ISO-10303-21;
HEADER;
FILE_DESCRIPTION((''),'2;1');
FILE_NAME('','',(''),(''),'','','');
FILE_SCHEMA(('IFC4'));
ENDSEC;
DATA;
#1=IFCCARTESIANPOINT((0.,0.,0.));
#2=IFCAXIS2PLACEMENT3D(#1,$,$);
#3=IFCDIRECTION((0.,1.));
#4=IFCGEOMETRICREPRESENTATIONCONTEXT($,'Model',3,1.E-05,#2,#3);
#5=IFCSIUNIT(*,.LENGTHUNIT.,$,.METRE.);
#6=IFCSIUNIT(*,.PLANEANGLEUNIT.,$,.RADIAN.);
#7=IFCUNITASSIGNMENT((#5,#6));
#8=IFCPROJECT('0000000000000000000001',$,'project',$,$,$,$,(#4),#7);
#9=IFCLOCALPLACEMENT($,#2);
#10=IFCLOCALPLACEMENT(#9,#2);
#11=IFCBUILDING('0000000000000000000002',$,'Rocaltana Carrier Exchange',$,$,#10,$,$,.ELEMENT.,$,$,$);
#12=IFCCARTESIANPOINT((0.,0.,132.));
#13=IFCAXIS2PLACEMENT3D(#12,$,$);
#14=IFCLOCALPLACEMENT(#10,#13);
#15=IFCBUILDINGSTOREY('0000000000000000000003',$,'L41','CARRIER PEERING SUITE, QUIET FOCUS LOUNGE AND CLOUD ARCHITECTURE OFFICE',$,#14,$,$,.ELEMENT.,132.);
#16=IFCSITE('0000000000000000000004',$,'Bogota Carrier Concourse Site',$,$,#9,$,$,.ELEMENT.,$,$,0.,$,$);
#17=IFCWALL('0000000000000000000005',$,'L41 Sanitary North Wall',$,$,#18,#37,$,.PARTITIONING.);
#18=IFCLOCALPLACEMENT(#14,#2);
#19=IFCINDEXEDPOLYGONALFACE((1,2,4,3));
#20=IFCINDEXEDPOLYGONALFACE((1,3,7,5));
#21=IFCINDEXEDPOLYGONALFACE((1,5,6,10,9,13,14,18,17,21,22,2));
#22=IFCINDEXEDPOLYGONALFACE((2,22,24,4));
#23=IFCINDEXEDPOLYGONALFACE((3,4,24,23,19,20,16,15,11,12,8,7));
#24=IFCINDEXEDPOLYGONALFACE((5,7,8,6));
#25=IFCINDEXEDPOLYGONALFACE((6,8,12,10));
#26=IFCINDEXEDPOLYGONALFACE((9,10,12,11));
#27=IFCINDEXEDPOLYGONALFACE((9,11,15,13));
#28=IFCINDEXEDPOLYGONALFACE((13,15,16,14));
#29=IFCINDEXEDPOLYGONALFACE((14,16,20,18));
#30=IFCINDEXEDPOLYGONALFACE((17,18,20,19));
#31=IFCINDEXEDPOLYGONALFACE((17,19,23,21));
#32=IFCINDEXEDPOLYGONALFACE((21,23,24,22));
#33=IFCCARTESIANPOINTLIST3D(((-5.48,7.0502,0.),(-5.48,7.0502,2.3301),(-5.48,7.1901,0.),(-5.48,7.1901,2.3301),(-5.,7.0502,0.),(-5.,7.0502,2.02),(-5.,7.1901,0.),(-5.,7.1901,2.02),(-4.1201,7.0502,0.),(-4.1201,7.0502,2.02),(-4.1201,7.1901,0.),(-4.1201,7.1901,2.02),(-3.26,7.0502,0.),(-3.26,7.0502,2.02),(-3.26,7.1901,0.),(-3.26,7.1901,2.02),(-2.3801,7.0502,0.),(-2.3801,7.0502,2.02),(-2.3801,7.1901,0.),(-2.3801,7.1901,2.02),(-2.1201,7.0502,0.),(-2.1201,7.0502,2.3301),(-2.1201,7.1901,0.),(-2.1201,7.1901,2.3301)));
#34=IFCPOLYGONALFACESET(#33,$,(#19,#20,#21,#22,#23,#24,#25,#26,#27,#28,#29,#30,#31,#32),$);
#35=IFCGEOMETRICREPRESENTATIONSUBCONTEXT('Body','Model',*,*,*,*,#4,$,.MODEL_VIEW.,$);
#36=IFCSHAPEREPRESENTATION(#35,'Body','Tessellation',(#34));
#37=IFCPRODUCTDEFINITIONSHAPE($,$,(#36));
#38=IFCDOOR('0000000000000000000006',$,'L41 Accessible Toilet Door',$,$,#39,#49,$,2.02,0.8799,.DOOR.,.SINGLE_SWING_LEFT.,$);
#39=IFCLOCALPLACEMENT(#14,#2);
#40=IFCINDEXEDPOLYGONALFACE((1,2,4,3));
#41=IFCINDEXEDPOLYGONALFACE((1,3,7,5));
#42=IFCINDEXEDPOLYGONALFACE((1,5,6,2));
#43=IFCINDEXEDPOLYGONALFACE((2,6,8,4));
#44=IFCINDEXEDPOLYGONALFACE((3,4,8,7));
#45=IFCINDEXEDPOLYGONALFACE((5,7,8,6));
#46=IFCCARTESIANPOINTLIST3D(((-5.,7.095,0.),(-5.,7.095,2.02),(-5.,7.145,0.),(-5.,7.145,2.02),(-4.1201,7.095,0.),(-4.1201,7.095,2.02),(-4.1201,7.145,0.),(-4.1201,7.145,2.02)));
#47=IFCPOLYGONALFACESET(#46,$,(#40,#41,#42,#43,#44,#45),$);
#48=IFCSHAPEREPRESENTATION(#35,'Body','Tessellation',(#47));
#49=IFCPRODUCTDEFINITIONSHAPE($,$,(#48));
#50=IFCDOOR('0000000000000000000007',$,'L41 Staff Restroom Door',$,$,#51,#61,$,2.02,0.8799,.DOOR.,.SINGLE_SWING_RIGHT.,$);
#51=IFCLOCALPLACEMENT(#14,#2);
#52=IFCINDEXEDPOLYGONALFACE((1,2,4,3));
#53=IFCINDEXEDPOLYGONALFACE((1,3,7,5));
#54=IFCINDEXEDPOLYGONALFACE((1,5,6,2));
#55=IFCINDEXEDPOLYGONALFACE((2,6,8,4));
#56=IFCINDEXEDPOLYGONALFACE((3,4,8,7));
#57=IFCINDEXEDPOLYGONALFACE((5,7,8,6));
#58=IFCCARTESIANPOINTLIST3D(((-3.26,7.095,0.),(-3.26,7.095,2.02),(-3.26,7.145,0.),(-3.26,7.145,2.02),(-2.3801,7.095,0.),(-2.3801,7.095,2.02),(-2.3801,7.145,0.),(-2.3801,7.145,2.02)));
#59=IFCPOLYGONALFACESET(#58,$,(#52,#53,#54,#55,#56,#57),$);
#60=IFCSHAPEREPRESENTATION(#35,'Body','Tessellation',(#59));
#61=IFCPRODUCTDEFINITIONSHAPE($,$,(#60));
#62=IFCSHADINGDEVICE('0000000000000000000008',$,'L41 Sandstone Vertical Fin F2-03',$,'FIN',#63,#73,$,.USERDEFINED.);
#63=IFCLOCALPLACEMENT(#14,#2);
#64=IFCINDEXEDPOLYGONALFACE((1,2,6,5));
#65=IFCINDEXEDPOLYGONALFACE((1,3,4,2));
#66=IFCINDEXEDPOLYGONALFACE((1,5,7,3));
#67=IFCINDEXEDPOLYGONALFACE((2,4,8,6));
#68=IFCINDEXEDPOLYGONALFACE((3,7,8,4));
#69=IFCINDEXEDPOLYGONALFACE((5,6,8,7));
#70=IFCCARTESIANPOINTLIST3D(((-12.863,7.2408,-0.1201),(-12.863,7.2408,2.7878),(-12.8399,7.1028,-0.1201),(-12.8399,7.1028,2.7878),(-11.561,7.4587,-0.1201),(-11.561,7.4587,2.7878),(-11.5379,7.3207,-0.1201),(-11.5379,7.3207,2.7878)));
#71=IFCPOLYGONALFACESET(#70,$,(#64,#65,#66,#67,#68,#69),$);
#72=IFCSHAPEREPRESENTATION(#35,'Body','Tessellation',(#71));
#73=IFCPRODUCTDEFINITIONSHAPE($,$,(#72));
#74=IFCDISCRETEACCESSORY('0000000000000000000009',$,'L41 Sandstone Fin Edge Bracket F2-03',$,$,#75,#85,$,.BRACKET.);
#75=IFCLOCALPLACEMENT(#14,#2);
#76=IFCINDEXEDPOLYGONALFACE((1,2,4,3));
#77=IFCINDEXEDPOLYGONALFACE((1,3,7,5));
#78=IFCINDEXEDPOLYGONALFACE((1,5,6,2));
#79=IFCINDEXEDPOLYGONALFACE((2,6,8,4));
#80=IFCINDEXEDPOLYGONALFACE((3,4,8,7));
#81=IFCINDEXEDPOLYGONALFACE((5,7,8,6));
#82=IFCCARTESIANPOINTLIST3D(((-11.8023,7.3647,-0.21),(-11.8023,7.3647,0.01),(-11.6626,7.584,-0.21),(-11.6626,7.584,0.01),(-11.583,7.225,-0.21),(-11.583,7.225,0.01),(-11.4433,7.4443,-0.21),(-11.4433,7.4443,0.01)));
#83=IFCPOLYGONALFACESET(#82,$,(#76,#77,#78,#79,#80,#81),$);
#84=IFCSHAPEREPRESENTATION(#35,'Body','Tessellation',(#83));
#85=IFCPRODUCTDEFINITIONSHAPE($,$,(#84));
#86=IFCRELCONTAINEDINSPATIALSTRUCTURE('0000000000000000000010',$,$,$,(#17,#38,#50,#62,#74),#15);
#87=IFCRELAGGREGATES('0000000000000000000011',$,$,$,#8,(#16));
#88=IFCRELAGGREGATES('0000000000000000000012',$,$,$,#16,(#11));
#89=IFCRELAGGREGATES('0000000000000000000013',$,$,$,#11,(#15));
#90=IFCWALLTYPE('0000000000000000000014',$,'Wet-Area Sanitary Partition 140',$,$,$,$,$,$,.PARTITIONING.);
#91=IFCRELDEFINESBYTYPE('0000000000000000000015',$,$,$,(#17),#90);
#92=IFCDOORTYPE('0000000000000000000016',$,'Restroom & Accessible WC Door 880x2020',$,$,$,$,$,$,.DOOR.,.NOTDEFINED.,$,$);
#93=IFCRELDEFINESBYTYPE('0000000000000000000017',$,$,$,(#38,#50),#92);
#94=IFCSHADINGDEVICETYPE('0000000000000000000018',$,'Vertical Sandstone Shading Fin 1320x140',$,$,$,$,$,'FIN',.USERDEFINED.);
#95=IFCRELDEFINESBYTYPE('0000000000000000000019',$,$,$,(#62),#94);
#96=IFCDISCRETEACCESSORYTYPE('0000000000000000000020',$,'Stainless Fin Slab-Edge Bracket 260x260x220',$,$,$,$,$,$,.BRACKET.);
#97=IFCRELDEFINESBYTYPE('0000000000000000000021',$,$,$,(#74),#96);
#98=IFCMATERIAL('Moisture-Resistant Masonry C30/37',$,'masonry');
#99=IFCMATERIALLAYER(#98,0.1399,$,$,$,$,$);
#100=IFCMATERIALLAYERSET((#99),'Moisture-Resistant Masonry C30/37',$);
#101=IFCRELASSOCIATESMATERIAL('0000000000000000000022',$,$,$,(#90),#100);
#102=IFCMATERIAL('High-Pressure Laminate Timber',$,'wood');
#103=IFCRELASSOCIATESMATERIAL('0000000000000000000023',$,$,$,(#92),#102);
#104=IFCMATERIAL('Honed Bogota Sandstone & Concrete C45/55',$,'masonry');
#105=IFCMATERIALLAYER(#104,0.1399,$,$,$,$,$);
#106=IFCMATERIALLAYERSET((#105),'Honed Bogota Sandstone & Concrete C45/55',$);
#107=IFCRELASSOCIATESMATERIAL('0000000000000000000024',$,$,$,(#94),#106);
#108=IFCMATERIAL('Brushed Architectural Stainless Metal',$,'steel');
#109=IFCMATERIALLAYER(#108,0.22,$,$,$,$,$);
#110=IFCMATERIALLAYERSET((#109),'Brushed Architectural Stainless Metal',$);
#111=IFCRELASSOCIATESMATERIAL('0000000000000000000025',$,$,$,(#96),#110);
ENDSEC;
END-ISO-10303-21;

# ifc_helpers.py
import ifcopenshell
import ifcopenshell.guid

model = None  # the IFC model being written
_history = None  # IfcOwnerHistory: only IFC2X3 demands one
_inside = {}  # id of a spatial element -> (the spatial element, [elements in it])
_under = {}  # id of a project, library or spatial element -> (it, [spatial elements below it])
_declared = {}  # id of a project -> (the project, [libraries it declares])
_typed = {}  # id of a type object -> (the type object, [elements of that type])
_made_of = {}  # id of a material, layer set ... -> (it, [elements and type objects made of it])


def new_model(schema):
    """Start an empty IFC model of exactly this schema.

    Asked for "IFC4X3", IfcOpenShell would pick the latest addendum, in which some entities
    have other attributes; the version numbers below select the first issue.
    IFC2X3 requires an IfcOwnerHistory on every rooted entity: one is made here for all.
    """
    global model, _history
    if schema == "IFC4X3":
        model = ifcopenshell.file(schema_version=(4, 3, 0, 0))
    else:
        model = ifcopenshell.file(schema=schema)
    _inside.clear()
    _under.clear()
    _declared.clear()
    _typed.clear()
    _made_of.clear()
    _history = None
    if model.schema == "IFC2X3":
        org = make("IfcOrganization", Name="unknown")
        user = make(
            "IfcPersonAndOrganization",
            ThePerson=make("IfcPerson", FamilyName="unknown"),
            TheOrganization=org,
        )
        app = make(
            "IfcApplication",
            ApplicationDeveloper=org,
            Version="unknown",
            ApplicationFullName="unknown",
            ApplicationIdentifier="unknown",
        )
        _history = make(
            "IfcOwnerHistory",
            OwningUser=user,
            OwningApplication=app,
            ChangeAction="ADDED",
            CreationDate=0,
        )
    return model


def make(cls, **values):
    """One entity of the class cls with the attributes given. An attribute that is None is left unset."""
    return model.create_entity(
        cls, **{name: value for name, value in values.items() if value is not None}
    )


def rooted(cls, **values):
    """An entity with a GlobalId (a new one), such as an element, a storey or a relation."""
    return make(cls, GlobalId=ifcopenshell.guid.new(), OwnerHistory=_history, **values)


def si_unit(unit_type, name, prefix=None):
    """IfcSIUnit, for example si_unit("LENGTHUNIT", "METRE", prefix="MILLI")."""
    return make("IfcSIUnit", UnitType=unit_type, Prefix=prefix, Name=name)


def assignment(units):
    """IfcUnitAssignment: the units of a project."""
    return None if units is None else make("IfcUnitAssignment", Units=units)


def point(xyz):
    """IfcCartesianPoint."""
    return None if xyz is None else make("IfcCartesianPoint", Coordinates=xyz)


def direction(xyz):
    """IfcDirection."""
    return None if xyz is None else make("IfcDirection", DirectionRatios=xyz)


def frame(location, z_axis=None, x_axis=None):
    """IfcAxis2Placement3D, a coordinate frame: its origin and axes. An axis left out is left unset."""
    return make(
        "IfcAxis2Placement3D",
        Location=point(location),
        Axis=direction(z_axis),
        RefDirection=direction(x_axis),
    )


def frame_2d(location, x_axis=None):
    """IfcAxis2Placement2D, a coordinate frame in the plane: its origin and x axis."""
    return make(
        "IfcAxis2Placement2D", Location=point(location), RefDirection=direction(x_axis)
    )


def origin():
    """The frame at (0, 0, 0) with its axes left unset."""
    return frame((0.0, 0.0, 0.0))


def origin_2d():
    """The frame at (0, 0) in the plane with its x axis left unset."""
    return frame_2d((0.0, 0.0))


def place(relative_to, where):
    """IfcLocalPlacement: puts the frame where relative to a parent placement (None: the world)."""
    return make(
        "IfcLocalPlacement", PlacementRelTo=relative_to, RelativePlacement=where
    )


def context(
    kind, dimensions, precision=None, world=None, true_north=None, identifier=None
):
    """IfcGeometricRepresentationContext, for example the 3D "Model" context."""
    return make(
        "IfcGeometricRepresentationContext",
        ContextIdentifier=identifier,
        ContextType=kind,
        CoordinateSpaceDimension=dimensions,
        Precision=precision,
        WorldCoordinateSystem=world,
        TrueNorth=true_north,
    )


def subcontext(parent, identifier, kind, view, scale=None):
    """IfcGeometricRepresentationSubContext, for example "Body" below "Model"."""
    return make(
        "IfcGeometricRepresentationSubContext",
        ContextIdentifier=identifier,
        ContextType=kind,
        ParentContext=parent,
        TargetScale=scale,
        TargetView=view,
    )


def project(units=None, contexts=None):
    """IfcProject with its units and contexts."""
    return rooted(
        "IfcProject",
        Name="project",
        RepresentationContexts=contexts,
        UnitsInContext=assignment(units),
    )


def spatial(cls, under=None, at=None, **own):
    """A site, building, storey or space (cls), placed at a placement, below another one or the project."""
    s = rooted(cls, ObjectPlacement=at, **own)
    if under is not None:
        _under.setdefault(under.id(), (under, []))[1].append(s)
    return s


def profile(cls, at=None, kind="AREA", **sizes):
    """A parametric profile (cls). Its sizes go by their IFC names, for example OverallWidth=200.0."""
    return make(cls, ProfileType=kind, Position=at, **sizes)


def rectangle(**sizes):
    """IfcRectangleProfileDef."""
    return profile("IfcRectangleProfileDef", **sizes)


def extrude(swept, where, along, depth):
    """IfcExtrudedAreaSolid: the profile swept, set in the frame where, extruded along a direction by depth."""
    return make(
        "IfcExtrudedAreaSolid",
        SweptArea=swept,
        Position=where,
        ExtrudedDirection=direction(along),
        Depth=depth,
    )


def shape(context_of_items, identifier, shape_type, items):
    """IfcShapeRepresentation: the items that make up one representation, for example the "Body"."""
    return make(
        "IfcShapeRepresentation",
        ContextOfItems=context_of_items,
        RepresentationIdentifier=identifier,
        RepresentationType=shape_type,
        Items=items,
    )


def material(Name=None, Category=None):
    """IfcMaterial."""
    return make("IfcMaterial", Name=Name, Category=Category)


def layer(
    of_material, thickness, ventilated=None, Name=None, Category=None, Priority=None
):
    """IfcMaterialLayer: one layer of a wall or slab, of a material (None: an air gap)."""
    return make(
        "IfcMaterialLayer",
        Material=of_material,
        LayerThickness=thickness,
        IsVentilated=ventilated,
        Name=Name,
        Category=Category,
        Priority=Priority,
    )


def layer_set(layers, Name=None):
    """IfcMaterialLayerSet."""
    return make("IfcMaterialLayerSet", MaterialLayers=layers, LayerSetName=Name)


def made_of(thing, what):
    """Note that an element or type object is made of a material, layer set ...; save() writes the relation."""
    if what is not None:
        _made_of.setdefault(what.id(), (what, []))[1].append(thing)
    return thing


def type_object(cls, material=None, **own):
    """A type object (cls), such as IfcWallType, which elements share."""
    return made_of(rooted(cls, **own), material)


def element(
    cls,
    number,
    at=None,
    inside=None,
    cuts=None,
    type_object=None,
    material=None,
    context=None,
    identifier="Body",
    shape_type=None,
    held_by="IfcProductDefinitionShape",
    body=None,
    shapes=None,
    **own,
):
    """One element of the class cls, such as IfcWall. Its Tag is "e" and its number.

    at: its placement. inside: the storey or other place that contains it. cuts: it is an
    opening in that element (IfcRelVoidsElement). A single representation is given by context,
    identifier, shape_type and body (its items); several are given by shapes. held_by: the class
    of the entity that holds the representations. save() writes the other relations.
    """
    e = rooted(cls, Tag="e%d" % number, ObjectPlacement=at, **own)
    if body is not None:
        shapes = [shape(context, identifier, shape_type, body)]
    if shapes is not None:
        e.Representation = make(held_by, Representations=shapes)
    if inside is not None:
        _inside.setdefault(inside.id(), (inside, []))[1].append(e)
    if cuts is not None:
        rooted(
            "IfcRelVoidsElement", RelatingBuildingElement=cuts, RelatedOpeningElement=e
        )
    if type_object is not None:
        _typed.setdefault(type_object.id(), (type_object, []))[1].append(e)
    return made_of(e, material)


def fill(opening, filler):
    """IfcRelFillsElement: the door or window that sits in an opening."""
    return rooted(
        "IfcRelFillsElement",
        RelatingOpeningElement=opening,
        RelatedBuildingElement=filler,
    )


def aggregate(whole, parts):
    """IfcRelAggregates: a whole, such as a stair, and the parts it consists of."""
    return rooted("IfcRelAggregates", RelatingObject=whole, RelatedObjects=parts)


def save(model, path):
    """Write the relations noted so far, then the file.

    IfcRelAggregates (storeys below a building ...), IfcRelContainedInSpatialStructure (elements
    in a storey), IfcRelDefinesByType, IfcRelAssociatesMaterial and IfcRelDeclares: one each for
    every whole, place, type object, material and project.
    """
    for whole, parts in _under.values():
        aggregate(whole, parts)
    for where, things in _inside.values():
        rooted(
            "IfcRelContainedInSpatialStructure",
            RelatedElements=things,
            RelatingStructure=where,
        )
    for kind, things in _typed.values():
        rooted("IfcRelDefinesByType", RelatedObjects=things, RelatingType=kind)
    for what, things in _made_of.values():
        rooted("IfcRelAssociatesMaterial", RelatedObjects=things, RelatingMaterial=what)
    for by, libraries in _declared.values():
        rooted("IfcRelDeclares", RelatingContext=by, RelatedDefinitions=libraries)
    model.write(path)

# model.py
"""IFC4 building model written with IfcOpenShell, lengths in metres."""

from ifc_helpers import new_model, si_unit, direction, frame, frame_2d, origin, origin_2d, place, context, subcontext, project, spatial, rectangle, extrude, material, layer, layer_set, type_object, element, fill, save


model = new_model("IFC4")

# Units and contexts
model_context = context("Model", 3, precision=1e-05, world=origin(), true_north=direction((0.0, 1.0)))
body_context = subcontext(model_context, "Body", "Model", "MODEL_VIEW")
ifc_project = project(units=[si_unit("LENGTHUNIT", "METRE"), si_unit("PLANEANGLEUNIT", "RADIAN")], contexts=[model_context])

# Site, building, storey
site_placement = place(None, origin())
site = spatial("IfcSite", under=ifc_project, at=site_placement, Name="Bogota Carrier Concourse Site", CompositionType="ELEMENT", RefElevation=0.0)
building_placement = place(site_placement, origin())
building = spatial("IfcBuilding", under=site, at=building_placement, Name="Rocaltana Carrier Exchange", CompositionType="ELEMENT")
storey_placement = place(building_placement, frame((0.0, 0.0, 132.0)))
storey = spatial("IfcBuildingStorey", under=building, at=storey_placement, Name="L41", Description="CARRIER PEERING SUITE, QUIET FOCUS LOUNGE AND CLOUD ARCHITECTURE OFFICE", CompositionType="ELEMENT", Elevation=132.0)

# Shared definitions
ifc_material_1 = material(Name="Moisture-Resistant Masonry C30/37", Category="masonry")
ifc_layer_1 = layer(ifc_material_1, 0.1399)
ifc_layer_set_1 = layer_set([ifc_layer_1], Name="Moisture-Resistant Masonry C30/37")
wall_type_1 = type_object("IfcWallType", Name="Wet-Area Sanitary Partition 140", PredefinedType="PARTITIONING", material=ifc_layer_set_1)

# Wall, openings, doors
wall_1_placement = place(storey_placement, frame((-5.48, 7.1201, 0.0), z_axis=(0.0, 0.0, 1.0), x_axis=(1.0, 0.0, 0.0)))
wall_1 = element("IfcWall", 1, at=wall_1_placement, inside=storey, type_object=wall_type_1, Name="L41 Sanitary North Wall", PredefinedType="PARTITIONING", context=body_context, shape_type="SweptSolid", body=[
    extrude(rectangle(XDim=3.3599, YDim=0.1399, at=frame_2d((1.6799, 0.0))), origin(), (0.0, 0.0, 1.0), 2.3301),
])
opening_1_placement = place(wall_1_placement, frame((0.48, 0.0, 0.0)))
opening_1 = element("IfcOpeningElement", 2, at=opening_1_placement, cuts=wall_1, PredefinedType="OPENING", context=body_context, shape_type="SweptSolid", body=[
    extrude(rectangle(XDim=0.8799, YDim=2.02, at=frame_2d((0.4399, 1.01))), frame((0.0, 0.0798, 0.0), z_axis=(0.0, -1.0, 0.0), x_axis=(1.0, 0.0, 0.0)), (0.0, 0.0, 1.0), 0.1599),
])
opening_2_placement = place(wall_1_placement, frame((2.22, 0.0, 0.0)))
opening_2 = element("IfcOpeningElement", 3, at=opening_2_placement, cuts=wall_1, PredefinedType="OPENING", context=body_context, shape_type="SweptSolid", body=[
    extrude(rectangle(XDim=0.8799, YDim=2.02, at=frame_2d((0.4399, 1.01))), frame((0.0, 0.0798, 0.0), z_axis=(0.0, -1.0, 0.0), x_axis=(1.0, 0.0, 0.0)), (0.0, 0.0, 1.0), 0.1599),
])
ifc_material_2 = material(Name="High-Pressure Laminate Timber", Category="wood")
door_type_1 = type_object("IfcDoorType", Name="Restroom & Accessible WC Door 880x2020", OperationType="NOTDEFINED", PredefinedType="DOOR", material=ifc_material_2)
door_1_placement = place(opening_1_placement, origin())
door_1 = element("IfcDoor", 4, at=door_1_placement, inside=storey, type_object=door_type_1, Name="L41 Accessible Toilet Door", OperationType="SINGLE_SWING_LEFT", OverallHeight=2.02, OverallWidth=0.8799, PredefinedType="DOOR", context=body_context, shape_type="SweptSolid", body=[
    extrude(rectangle(XDim=0.8799, YDim=2.02, at=frame_2d((0.4399, 1.01))), frame((0.0, 0.0249, 0.0), z_axis=(0.0, -1.0, 0.0), x_axis=(1.0, 0.0, 0.0)), (0.0, 0.0, 1.0), 0.05),
])
fill(opening_1, door_1)
door_2_placement = place(opening_2_placement, origin())
door_2 = element("IfcDoor", 5, at=door_2_placement, inside=storey, type_object=door_type_1, Name="L41 Staff Restroom Door", OperationType="SINGLE_SWING_RIGHT", OverallHeight=2.02, OverallWidth=0.8799, PredefinedType="DOOR", context=body_context, shape_type="SweptSolid", body=[
    extrude(rectangle(XDim=0.8799, YDim=2.02, at=frame_2d((0.4399, 1.01))), frame((0.0, 0.0249, 0.0), z_axis=(0.0, -1.0, 0.0), x_axis=(1.0, 0.0, 0.0)), (0.0, 0.0, 1.0), 0.05),
])
fill(opening_2, door_2)

# Shading device
ifc_material_3 = material(Name="Honed Bogota Sandstone & Concrete C45/55", Category="masonry")
ifc_layer_2 = layer(ifc_material_3, 0.1399)
ifc_layer_set_2 = layer_set([ifc_layer_2], Name="Honed Bogota Sandstone & Concrete C45/55")
shading_device_type = type_object("IfcShadingDeviceType", Name="Vertical Sandstone Shading Fin 1320x140", ElementType="FIN", PredefinedType="USERDEFINED", material=ifc_layer_set_2)
shading_device_placement = place(storey_placement, frame((-12.2004, 7.2808, -0.1201), z_axis=(0.0, 0.0, 1.0), x_axis=(-0.986286, -0.165048, 0.0)))
element("IfcShadingDevice", 6, at=shading_device_placement, inside=storey, type_object=shading_device_type, Name="L41 Sandstone Vertical Fin F2-03", ObjectType="FIN", PredefinedType="USERDEFINED", context=body_context, shape_type="SweptSolid", body=[
    extrude(rectangle(XDim=1.3201, YDim=0.1399, at=origin_2d()), origin(), (0.0, 0.0, 1.0), 2.908),
])

# Discrete accessory
ifc_material_4 = material(Name="Brushed Architectural Stainless Metal", Category="steel")
ifc_layer_3 = layer(ifc_material_4, 0.22)
ifc_layer_set_3 = layer_set([ifc_layer_3], Name="Brushed Architectural Stainless Metal")
discrete_accessory_type = type_object("IfcDiscreteAccessoryType", Name="Stainless Fin Slab-Edge Bracket 260x260x220", PredefinedType="BRACKET", material=ifc_layer_set_3)
discrete_accessory_placement = place(storey_placement, frame((-11.6228, 7.4045, -0.21), z_axis=(0.0, 0.0, 1.0), x_axis=(-0.5373, -0.843391, 0.0)))
element("IfcDiscreteAccessory", 7, at=discrete_accessory_placement, inside=storey, type_object=discrete_accessory_type, Name="L41 Sandstone Fin Edge Bracket F2-03", PredefinedType="BRACKET", context=body_context, shape_type="SweptSolid", body=[
    extrude(rectangle(XDim=0.26, YDim=0.26, at=origin_2d()), origin(), (0.0, 0.0, 1.0), 0.22),
])

save(model, "model.ifc")
